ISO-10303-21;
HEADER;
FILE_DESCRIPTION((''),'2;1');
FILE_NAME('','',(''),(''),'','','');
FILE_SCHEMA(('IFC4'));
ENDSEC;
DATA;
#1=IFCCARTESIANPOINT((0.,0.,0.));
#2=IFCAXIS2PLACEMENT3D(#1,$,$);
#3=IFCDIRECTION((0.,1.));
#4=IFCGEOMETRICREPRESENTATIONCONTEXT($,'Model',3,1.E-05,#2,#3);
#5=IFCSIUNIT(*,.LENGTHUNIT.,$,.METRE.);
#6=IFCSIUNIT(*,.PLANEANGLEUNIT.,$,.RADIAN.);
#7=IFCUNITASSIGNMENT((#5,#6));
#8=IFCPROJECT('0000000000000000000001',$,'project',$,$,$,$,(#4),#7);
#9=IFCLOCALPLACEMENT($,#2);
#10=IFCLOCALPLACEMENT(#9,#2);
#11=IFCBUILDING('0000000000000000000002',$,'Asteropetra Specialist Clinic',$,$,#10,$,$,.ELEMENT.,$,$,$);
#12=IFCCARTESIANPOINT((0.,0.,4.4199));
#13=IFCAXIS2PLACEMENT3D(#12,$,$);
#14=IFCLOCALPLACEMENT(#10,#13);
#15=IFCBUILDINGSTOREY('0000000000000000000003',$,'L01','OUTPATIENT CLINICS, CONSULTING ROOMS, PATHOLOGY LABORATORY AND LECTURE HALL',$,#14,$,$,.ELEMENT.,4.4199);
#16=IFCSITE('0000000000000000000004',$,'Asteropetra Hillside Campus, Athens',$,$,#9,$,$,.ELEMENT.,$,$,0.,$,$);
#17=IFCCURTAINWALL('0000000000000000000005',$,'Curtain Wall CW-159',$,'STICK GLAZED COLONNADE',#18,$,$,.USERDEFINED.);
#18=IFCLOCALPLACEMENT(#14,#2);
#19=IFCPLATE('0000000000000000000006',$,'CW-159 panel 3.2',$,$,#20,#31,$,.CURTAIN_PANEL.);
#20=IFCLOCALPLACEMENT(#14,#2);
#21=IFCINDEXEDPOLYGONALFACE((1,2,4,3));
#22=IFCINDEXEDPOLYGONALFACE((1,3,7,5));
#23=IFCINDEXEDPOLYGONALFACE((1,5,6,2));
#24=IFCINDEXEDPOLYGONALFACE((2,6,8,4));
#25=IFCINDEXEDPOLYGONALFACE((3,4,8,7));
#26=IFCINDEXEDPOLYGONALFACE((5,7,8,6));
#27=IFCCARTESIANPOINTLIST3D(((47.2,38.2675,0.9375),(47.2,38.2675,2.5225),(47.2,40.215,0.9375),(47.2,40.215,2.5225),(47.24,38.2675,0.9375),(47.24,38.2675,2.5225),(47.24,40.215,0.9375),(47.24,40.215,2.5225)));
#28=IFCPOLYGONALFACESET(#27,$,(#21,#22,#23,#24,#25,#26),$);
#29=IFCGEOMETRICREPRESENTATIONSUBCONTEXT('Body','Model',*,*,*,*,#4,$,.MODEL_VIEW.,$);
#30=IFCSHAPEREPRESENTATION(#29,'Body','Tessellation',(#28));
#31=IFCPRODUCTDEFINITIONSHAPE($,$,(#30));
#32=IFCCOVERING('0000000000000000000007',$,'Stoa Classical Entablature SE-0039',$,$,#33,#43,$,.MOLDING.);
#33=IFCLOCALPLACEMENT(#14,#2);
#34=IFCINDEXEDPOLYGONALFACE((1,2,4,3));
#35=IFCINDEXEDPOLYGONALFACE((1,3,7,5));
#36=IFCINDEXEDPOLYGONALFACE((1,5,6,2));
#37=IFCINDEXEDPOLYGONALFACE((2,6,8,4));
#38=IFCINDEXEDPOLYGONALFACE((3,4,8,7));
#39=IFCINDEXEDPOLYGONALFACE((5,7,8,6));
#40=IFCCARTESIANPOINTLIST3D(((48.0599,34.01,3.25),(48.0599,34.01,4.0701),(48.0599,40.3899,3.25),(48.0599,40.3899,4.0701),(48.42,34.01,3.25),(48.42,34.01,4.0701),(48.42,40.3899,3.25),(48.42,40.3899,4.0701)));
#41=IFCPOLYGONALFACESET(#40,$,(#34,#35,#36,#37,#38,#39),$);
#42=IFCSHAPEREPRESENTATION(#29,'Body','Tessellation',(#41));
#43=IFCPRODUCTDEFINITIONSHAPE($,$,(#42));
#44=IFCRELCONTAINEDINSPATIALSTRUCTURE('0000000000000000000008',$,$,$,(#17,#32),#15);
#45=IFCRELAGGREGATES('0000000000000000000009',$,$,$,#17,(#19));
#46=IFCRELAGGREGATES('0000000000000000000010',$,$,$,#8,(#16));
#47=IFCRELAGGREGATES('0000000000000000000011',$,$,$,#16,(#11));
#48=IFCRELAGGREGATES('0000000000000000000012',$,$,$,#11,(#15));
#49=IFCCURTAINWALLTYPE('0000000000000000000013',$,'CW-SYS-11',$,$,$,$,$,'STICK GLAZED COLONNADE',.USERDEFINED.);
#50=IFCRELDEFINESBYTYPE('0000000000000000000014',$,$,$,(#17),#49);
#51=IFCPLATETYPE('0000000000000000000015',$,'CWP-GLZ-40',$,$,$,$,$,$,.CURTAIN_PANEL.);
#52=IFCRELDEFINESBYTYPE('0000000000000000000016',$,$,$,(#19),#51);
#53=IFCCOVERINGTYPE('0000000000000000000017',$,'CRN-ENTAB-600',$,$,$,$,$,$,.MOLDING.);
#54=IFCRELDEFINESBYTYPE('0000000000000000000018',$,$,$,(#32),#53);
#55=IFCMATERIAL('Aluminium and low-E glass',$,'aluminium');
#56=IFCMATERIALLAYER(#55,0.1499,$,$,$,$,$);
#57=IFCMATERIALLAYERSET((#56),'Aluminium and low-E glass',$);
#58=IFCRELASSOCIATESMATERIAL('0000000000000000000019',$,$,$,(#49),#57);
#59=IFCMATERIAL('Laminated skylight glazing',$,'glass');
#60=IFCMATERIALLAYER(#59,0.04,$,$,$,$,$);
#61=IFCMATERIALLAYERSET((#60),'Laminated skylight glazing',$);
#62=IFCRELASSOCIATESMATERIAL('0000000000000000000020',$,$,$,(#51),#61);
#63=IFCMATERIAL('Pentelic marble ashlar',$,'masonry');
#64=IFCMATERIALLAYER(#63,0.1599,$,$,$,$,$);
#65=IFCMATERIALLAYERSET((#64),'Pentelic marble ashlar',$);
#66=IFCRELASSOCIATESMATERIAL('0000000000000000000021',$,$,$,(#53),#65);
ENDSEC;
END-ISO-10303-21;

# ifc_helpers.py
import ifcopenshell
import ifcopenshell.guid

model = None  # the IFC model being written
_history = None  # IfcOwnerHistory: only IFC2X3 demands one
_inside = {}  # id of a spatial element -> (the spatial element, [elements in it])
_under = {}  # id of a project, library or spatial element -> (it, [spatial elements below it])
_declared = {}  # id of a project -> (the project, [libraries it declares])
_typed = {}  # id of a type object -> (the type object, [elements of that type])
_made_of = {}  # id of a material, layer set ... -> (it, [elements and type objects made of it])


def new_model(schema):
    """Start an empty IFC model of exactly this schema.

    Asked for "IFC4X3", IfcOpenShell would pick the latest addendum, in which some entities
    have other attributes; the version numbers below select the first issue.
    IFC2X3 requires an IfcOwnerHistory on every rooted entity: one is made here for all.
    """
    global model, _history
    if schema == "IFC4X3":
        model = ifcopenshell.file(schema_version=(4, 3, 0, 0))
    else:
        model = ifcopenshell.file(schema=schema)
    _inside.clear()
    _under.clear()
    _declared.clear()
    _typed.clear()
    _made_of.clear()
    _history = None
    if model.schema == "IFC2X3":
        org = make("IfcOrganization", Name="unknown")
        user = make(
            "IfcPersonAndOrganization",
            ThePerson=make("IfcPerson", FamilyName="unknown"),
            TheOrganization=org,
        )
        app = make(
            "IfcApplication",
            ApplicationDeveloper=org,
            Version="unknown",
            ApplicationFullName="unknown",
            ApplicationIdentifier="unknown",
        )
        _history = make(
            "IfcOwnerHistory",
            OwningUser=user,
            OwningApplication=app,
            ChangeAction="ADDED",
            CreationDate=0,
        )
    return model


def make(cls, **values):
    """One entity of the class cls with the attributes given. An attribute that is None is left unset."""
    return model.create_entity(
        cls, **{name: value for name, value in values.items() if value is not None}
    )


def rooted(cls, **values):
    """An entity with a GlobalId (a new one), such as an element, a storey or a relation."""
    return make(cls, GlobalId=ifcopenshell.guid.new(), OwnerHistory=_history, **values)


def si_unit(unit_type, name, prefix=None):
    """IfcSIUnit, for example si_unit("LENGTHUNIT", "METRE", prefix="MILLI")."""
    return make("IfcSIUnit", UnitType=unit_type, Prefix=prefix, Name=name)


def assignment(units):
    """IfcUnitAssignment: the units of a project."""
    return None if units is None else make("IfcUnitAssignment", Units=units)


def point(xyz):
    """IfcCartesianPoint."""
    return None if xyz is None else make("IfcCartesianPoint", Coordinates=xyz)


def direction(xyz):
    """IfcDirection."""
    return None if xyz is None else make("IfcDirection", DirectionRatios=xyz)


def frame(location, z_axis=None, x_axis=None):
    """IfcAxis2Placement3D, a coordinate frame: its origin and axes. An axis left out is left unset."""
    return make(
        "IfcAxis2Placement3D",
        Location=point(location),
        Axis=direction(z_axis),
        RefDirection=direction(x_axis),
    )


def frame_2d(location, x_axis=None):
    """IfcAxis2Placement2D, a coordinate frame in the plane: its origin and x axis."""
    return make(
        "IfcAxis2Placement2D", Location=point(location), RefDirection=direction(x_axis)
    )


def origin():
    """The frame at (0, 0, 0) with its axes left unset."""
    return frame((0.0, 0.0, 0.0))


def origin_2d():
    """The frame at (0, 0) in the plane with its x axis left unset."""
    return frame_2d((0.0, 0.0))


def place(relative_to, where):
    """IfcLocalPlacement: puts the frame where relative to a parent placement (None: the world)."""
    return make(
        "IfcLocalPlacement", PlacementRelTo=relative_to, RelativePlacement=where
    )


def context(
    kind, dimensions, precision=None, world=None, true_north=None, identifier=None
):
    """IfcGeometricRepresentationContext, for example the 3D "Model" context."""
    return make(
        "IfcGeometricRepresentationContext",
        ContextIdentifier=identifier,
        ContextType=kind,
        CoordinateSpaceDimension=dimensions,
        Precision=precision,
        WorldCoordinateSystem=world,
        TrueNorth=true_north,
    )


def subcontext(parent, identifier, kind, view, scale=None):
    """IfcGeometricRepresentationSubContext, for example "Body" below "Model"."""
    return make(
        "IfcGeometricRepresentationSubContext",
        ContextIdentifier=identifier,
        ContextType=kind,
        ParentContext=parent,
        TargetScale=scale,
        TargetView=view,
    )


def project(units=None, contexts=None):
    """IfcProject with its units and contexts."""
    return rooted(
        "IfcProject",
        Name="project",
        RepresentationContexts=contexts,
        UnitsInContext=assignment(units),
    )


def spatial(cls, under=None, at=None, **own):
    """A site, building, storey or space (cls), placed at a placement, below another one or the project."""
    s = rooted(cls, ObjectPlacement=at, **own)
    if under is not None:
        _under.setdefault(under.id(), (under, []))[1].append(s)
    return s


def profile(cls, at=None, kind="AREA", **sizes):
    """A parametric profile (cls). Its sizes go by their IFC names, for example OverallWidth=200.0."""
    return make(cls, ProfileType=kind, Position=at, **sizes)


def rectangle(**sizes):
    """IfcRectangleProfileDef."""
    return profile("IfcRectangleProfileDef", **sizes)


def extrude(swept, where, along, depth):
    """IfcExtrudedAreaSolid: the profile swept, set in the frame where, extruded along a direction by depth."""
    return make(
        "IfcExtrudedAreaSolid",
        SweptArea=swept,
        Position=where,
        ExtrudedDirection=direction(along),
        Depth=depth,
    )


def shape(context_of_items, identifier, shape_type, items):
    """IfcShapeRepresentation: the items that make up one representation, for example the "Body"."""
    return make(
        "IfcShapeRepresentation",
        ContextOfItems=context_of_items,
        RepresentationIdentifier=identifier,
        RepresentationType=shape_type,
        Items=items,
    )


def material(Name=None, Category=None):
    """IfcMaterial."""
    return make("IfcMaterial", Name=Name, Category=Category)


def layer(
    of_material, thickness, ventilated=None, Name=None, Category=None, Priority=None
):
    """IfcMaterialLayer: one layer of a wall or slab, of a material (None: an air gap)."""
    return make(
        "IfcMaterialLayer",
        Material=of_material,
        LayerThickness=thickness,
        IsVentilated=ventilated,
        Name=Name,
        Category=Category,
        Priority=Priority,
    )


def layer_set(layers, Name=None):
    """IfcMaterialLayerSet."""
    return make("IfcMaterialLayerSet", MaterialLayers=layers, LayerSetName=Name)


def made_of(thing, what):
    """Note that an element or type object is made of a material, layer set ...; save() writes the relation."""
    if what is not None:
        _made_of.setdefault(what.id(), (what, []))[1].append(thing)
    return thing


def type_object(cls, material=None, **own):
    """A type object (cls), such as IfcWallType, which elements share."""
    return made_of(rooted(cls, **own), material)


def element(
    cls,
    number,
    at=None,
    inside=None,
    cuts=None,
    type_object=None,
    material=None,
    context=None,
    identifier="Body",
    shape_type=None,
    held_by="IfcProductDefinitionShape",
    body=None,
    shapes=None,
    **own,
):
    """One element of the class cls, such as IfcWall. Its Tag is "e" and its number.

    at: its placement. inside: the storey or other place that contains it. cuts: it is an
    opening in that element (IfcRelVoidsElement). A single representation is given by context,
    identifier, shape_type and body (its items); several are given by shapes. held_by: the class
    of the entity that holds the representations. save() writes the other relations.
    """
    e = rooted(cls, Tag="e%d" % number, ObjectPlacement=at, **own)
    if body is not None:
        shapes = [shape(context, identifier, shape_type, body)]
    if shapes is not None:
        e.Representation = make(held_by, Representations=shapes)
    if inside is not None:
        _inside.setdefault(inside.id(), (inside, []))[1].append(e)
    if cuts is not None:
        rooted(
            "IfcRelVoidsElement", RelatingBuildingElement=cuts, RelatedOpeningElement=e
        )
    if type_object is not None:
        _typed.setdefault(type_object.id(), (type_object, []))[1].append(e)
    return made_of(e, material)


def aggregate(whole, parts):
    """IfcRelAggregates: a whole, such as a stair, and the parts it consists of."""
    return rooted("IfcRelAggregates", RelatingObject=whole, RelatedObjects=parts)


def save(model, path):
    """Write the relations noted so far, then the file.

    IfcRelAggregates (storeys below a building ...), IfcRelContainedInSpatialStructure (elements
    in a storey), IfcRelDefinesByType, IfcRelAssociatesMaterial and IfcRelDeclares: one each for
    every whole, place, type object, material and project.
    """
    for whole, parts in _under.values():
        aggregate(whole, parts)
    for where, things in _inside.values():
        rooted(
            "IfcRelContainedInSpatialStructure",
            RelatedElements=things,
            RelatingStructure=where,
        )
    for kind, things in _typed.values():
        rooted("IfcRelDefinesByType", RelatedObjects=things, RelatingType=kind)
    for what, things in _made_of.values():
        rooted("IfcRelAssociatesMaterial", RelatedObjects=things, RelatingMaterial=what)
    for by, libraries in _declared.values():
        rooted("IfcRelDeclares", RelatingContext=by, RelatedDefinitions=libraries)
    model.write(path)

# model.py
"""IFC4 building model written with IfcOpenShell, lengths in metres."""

from ifc_helpers import new_model, si_unit, direction, frame, origin, origin_2d, place, context, subcontext, project, spatial, rectangle, extrude, material, layer, layer_set, type_object, element, aggregate, save


model = new_model("IFC4")

# Units and contexts
model_context = context("Model", 3, precision=1e-05, world=origin(), true_north=direction((0.0, 1.0)))
body_context = subcontext(model_context, "Body", "Model", "MODEL_VIEW")
ifc_project = project(units=[si_unit("LENGTHUNIT", "METRE"), si_unit("PLANEANGLEUNIT", "RADIAN")], contexts=[model_context])

# Site, building, storey
site_placement = place(None, origin())
site = spatial("IfcSite", under=ifc_project, at=site_placement, Name="Asteropetra Hillside Campus, Athens", CompositionType="ELEMENT", RefElevation=0.0)
building_placement = place(site_placement, origin())
building = spatial("IfcBuilding", under=site, at=building_placement, Name="Asteropetra Specialist Clinic", CompositionType="ELEMENT")
storey_placement = place(building_placement, frame((0.0, 0.0, 4.4199)))
storey = spatial("IfcBuildingStorey", under=building, at=storey_placement, Name="L01", Description="OUTPATIENT CLINICS, CONSULTING ROOMS, PATHOLOGY LABORATORY AND LECTURE HALL", CompositionType="ELEMENT", Elevation=4.4199)

# Shared definitions
ifc_material_1 = material(Name="Aluminium and low-E glass", Category="aluminium")
ifc_layer_1 = layer(ifc_material_1, 0.1499)
ifc_layer_set_1 = layer_set([ifc_layer_1], Name="Aluminium and low-E glass")
curtain_wall_type = type_object("IfcCurtainWallType", Name="CW-SYS-11", ElementType="STICK GLAZED COLONNADE", PredefinedType="USERDEFINED", material=ifc_layer_set_1)

# Curtain wall
curtain_wall_1_placement = place(storey_placement, origin())
curtain_wall_1 = element("IfcCurtainWall", 1, at=curtain_wall_1_placement, inside=storey, type_object=curtain_wall_type, Name="Curtain Wall CW-159", ObjectType="STICK GLAZED COLONNADE", PredefinedType="USERDEFINED")

# Plate
ifc_material_2 = material(Name="Laminated skylight glazing", Category="glass")
ifc_layer_2 = layer(ifc_material_2, 0.04)
ifc_layer_set_2 = layer_set([ifc_layer_2], Name="Laminated skylight glazing")
plate_type_1 = type_object("IfcPlateType", Name="CWP-GLZ-40", PredefinedType="CURTAIN_PANEL", material=ifc_layer_set_2)
plate_1_placement = place(storey_placement, frame((47.22, 39.2412, 0.9375), z_axis=(0.0, 0.0, 1.0), x_axis=(0.0, 1.0, 0.0)))
plate_1 = element("IfcPlate", 2, at=plate_1_placement, type_object=plate_type_1, Name="CW-159 panel 3.2", PredefinedType="CURTAIN_PANEL", context=body_context, shape_type="SweptSolid", body=[
    extrude(rectangle(XDim=1.9475, YDim=0.04, at=origin_2d()), origin(), (0.0, 0.0, 1.0), 1.585),
])
aggregate(curtain_wall_1, [plate_1])

# Covering
ifc_material_3 = material(Name="Pentelic marble ashlar", Category="masonry")
ifc_layer_3 = layer(ifc_material_3, 0.1599)
ifc_layer_set_3 = layer_set([ifc_layer_3], Name="Pentelic marble ashlar")
covering_type = type_object("IfcCoveringType", Name="CRN-ENTAB-600", PredefinedType="MOLDING", material=ifc_layer_set_3)
covering_placement = place(storey_placement, frame((48.24, 37.2, 3.25), z_axis=(0.0, 0.0, 1.0), x_axis=(1.0, 0.0, 0.0)))
element("IfcCovering", 3, at=covering_placement, inside=storey, type_object=covering_type, Name="Stoa Classical Entablature SE-0039", PredefinedType="MOLDING", context=body_context, shape_type="SweptSolid", body=[
    extrude(rectangle(XDim=0.3601, YDim=6.3799, at=origin_2d()), origin(), (0.0, 0.0, 1.0), 0.8201),
])

save(model, "model.ifc")
